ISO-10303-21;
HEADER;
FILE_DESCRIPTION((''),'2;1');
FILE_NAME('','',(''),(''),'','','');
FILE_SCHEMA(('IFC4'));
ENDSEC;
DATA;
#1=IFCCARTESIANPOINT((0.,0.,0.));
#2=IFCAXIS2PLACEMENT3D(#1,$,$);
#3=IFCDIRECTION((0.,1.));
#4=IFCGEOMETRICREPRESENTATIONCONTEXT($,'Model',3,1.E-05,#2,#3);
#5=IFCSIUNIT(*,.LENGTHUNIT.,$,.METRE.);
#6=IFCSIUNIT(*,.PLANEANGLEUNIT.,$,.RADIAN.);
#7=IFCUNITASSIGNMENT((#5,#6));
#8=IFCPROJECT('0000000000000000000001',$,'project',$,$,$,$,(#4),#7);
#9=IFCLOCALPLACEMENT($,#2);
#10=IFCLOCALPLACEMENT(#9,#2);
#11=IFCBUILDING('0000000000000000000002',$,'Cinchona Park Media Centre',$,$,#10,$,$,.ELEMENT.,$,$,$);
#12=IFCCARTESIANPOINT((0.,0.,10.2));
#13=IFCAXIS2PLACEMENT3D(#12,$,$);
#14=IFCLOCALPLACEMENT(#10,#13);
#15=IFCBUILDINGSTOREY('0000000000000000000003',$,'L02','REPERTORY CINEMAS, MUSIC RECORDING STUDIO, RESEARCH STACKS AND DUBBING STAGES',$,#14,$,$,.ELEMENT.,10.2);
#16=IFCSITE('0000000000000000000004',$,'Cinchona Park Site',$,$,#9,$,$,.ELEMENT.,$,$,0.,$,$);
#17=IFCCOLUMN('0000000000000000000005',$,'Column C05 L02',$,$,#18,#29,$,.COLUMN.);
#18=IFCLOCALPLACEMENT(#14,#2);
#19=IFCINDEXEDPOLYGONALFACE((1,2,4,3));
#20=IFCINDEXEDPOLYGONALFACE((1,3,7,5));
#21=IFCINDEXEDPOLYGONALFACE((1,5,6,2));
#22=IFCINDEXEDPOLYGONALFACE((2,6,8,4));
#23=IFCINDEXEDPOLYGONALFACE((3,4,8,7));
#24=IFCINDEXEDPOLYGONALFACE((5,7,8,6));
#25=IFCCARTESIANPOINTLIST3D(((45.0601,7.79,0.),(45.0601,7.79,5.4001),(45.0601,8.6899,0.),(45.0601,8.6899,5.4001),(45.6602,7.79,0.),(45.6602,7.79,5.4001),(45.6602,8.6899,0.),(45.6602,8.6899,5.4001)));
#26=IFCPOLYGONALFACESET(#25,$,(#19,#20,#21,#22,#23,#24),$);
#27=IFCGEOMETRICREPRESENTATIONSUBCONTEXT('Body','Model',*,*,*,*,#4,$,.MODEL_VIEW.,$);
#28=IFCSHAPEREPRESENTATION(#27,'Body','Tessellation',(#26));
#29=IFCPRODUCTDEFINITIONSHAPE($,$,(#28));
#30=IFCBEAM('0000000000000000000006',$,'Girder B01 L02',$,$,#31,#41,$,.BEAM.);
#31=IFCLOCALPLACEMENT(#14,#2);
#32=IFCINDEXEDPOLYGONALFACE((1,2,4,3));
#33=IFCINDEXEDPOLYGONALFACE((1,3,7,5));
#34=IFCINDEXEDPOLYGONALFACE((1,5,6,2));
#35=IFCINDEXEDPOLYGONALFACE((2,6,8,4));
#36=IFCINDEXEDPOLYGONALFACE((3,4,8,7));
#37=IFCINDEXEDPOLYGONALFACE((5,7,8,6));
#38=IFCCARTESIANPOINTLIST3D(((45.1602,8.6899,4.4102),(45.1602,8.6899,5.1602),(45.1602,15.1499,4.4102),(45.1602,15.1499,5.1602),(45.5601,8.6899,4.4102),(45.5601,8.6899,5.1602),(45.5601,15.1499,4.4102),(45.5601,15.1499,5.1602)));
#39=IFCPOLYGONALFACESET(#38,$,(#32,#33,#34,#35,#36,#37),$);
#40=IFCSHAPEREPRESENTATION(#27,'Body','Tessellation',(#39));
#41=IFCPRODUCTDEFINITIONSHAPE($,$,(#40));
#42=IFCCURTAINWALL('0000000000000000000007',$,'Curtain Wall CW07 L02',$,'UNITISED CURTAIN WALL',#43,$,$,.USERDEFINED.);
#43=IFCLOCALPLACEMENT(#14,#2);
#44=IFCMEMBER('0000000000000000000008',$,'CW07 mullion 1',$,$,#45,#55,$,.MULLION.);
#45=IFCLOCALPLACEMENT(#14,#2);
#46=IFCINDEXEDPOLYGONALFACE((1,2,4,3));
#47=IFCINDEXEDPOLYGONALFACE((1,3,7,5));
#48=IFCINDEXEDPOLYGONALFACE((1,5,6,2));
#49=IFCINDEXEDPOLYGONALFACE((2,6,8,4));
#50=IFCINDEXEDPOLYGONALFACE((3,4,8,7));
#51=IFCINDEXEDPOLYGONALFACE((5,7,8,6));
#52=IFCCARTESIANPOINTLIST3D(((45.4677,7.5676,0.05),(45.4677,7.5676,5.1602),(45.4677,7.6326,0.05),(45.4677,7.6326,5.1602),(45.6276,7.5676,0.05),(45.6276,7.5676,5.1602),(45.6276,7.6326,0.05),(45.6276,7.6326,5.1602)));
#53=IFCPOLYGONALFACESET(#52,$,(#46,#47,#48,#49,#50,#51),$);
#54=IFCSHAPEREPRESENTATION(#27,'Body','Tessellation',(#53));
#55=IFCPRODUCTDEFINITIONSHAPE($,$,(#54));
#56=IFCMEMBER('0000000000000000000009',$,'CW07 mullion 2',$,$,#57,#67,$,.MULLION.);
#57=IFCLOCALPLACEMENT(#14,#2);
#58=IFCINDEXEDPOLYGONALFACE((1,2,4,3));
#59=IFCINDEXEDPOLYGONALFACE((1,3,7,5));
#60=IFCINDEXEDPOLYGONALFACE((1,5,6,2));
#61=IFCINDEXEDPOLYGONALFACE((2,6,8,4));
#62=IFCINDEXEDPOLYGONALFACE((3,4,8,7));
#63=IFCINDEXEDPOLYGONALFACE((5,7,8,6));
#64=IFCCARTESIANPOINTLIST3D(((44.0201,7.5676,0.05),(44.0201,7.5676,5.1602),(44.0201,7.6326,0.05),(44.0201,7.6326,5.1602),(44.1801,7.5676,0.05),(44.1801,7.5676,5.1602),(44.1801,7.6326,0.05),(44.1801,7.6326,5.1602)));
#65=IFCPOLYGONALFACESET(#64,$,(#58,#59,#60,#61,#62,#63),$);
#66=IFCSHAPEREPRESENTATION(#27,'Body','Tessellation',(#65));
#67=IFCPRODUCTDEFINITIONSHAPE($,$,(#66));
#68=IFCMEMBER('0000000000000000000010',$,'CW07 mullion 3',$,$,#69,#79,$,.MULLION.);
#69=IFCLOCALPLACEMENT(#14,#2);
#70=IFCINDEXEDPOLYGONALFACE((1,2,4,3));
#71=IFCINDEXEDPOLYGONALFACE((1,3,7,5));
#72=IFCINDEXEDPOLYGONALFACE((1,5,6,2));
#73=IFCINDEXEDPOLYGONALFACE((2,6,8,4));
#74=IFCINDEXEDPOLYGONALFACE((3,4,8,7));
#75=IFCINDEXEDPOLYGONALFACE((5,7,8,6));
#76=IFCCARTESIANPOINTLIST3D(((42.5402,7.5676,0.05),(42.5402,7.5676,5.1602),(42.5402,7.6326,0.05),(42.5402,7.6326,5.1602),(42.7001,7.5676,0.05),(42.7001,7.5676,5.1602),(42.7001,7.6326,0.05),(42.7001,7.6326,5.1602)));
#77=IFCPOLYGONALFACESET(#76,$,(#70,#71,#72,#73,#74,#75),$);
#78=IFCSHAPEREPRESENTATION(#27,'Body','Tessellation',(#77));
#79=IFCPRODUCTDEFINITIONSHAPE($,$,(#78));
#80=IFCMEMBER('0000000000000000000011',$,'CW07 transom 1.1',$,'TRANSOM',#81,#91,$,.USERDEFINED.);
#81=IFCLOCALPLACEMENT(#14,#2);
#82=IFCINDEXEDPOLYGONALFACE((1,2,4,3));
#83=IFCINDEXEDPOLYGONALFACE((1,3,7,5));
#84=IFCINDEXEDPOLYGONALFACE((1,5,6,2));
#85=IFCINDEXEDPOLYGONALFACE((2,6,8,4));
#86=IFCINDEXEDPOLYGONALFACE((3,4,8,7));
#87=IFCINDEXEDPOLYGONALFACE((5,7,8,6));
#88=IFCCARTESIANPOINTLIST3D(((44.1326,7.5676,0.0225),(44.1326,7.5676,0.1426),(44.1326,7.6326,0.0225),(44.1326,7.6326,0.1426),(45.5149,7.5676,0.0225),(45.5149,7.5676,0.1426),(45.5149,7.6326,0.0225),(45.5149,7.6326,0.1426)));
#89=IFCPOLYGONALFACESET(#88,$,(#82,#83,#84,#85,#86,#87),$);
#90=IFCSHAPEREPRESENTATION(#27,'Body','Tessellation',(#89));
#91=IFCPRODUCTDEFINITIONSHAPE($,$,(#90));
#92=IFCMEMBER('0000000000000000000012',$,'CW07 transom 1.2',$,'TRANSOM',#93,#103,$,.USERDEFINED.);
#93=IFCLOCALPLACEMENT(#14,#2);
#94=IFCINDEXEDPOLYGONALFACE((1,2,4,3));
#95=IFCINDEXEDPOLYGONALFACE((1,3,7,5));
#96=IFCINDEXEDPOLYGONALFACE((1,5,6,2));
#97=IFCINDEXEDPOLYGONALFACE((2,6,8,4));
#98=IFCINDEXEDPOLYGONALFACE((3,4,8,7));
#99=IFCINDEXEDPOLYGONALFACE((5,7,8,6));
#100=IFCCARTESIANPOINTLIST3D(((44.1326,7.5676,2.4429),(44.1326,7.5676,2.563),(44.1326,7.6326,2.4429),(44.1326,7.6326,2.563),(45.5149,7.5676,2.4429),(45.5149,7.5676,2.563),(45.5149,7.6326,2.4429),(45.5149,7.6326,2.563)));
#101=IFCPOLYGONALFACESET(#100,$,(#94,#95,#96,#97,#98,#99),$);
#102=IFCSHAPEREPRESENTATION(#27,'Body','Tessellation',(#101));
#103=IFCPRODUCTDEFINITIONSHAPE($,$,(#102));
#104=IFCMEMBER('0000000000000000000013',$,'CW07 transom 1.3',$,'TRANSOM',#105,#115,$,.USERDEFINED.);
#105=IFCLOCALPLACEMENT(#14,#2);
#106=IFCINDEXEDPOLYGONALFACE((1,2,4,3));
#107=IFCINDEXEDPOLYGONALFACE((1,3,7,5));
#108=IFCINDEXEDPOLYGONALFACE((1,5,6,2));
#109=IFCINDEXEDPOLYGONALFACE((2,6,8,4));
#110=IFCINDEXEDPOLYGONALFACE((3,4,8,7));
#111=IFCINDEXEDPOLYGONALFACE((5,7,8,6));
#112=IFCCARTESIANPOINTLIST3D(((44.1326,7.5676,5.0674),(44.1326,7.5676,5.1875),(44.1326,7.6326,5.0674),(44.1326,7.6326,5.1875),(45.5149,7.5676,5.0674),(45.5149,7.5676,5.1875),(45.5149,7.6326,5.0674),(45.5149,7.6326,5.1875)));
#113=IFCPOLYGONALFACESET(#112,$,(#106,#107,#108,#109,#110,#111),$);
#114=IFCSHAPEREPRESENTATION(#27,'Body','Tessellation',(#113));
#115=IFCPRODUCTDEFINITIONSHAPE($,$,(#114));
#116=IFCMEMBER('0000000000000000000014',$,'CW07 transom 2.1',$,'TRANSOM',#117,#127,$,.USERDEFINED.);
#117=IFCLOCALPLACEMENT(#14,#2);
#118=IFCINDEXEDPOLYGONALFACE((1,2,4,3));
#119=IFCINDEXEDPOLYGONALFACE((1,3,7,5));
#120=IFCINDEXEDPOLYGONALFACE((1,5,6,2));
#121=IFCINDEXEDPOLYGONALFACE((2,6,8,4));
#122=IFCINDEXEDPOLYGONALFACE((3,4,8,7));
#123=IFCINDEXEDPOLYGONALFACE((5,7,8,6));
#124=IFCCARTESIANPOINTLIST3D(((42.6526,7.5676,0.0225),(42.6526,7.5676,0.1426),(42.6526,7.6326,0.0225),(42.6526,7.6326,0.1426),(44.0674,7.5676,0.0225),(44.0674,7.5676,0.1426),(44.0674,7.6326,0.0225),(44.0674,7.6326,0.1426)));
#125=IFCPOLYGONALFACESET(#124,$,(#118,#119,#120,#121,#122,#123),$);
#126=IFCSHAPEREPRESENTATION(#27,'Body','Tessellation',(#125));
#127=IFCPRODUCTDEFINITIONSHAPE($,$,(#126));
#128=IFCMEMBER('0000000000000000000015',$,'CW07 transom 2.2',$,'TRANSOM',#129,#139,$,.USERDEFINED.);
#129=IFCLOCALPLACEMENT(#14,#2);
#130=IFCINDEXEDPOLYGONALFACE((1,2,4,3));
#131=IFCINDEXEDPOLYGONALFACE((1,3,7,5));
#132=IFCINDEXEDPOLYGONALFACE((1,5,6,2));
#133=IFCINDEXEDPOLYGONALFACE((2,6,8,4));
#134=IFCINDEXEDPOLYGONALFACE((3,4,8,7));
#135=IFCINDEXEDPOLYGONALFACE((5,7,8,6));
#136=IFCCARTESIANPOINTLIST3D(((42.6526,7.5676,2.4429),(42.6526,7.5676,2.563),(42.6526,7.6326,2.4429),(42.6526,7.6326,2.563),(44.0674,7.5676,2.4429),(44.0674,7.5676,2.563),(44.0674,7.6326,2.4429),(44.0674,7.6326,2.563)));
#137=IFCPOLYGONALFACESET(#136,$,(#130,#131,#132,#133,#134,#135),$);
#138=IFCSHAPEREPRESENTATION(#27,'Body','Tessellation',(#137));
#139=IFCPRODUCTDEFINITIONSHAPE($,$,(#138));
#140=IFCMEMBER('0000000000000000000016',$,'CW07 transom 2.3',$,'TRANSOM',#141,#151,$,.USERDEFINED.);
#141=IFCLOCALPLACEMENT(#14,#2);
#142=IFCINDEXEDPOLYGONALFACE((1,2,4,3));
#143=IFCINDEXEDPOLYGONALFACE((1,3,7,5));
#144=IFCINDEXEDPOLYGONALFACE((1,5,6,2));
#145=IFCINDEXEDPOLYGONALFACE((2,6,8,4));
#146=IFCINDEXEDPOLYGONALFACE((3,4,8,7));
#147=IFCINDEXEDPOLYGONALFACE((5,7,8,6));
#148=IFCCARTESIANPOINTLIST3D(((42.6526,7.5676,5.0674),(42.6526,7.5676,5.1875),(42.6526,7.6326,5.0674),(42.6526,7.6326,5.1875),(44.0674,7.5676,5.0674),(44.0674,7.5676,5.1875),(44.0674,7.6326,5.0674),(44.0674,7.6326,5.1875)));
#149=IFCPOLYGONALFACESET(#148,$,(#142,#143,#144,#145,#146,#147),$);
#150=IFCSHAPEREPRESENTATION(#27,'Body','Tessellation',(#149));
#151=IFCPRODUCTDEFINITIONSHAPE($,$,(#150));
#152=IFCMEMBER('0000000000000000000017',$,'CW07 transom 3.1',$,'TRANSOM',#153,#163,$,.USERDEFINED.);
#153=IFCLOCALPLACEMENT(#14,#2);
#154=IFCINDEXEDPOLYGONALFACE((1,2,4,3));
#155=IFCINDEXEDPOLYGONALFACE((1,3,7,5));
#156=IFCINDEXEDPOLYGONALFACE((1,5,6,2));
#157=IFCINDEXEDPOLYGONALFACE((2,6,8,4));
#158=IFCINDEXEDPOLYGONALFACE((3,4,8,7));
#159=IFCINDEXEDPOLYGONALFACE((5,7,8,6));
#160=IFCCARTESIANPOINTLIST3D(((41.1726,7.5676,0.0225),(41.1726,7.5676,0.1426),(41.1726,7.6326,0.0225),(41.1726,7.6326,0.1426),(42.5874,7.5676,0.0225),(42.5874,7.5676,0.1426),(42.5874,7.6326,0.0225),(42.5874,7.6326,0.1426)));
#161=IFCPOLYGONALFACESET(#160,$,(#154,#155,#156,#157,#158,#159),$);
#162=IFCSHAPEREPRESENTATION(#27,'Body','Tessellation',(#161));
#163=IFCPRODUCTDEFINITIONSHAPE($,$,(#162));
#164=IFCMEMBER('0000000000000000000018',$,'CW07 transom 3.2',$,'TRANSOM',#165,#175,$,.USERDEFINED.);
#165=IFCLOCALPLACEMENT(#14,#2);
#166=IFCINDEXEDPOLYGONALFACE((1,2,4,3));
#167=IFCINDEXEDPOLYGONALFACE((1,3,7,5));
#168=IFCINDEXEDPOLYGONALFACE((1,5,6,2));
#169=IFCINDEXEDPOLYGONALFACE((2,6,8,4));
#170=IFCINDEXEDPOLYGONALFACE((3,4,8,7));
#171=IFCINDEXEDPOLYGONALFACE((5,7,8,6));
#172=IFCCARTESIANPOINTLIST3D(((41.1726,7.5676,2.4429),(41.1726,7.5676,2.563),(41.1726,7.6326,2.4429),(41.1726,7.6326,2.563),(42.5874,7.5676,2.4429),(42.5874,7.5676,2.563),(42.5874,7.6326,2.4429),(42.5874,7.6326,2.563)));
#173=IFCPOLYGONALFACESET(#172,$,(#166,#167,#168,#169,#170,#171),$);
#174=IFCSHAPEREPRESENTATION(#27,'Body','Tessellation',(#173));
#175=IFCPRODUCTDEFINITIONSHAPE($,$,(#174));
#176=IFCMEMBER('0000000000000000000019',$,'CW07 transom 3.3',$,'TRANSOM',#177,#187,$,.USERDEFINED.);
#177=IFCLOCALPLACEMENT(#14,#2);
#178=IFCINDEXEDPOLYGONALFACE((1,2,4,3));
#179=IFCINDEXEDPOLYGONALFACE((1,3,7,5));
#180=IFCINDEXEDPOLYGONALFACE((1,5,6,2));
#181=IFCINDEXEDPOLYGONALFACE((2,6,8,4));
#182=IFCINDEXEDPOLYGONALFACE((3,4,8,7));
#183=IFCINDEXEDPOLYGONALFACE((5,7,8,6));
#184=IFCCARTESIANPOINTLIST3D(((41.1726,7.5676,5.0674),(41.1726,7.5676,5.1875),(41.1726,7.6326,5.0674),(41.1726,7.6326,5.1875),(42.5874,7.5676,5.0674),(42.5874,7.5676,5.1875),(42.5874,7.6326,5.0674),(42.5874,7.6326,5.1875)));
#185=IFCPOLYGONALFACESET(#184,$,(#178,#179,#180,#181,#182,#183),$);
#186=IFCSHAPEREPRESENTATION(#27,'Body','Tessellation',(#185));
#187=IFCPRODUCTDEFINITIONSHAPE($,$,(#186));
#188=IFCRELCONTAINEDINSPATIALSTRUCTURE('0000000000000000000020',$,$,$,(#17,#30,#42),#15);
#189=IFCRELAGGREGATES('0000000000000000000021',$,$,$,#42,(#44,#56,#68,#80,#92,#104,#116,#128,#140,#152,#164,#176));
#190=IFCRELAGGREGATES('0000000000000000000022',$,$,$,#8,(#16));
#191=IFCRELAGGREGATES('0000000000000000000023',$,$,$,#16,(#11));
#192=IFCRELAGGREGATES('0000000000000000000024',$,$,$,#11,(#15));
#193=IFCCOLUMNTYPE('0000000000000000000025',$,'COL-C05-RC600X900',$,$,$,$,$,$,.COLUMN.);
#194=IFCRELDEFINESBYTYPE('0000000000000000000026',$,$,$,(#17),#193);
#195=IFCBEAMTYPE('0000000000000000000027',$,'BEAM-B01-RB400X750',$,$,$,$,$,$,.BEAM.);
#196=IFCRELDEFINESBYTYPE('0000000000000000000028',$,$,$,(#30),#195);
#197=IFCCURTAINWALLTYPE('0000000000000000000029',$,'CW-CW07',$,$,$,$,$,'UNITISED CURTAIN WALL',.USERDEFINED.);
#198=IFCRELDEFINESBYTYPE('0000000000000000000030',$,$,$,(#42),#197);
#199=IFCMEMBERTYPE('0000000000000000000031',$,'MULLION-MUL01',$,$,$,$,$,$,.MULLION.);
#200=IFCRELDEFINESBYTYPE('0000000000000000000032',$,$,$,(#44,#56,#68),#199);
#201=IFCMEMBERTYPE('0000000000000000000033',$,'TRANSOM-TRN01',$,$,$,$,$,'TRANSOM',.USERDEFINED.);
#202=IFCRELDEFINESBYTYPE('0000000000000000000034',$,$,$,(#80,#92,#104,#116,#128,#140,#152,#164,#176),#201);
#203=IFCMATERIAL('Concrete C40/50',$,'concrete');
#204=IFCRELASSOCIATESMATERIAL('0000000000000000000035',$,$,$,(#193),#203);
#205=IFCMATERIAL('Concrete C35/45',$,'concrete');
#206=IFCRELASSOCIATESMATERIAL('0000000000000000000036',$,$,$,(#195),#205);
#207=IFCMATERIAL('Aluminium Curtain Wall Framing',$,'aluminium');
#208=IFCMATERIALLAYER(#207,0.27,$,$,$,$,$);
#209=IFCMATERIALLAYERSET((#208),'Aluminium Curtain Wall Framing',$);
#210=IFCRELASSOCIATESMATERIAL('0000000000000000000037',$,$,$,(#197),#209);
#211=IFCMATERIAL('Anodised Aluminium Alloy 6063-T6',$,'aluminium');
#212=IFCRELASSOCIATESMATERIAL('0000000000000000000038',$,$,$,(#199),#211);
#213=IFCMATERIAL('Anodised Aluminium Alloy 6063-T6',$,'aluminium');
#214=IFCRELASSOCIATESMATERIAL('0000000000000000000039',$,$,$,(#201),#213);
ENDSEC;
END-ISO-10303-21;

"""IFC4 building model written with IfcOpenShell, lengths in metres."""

from ifc_helpers import new_model, si_unit, direction, frame, origin, origin_2d, place, context, subcontext, project, spatial, rectangle, extrude, material, layer, layer_set, material_profile, profile_set, type_object, element, aggregate, save


model = new_model("IFC4")

# Units and contexts
model_context = context("Model", 3, precision=1e-05, world=origin(), true_north=direction((0.0, 1.0)))
body_context = subcontext(model_context, "Body", "Model", "MODEL_VIEW")
ifc_project = project(units=[si_unit("LENGTHUNIT", "METRE"), si_unit("PLANEANGLEUNIT", "RADIAN")], contexts=[model_context])

# Site, building, storey
site_placement = place(None, origin())
site = spatial("IfcSite", under=ifc_project, at=site_placement, Name="Cinchona Park Site", CompositionType="ELEMENT", RefElevation=0.0)
building_placement = place(site_placement, origin())
building = spatial("IfcBuilding", under=site, at=building_placement, Name="Cinchona Park Media Centre", CompositionType="ELEMENT")
storey_placement = place(building_placement, frame((0.0, 0.0, 10.2)))
storey = spatial("IfcBuildingStorey", under=building, at=storey_placement, Name="L02", Description="REPERTORY CINEMAS, MUSIC RECORDING STUDIO, RESEARCH STACKS AND DUBBING STAGES", CompositionType="ELEMENT", Elevation=10.2)

# Column
ifc_material_1 = material(Name="Concrete C40/50", Category="concrete")
ifc_material_profile_1 = material_profile(ifc_material_1, rectangle(XDim=0.6001, YDim=0.8999, at=origin_2d()), Name="RC 600X900")
ifc_profile_set_1 = profile_set([ifc_material_profile_1], Name="Concrete C40/50")
column_type = type_object("IfcColumnType", Name="COL-C05-RC600X900", PredefinedType="COLUMN", material=ifc_profile_set_1)
column_placement = place(storey_placement, frame((45.3601, 8.24, 0.0), z_axis=(0.0, 0.0, 1.0), x_axis=(1.0, 0.0, 0.0)))
element("IfcColumn", 1, at=column_placement, inside=storey, type_object=column_type, Name="Column C05 L02", PredefinedType="COLUMN", context=body_context, shape_type="SweptSolid", body=[
    extrude(rectangle(XDim=0.6001, YDim=0.8999, at=origin_2d()), origin(), (0.0, 0.0, 1.0), 5.4001),
])

# Beam
ifc_material_2 = material(Name="Concrete C35/45", Category="concrete")
ifc_material_profile_2 = material_profile(ifc_material_2, rectangle(XDim=0.3999, YDim=0.75, at=origin_2d()), Name="RB 400X750")
ifc_profile_set_2 = profile_set([ifc_material_profile_2], Name="Concrete C35/45")
beam_type = type_object("IfcBeamType", Name="BEAM-B01-RB400X750", PredefinedType="BEAM", material=ifc_profile_set_2)
beam_placement = place(storey_placement, frame((45.3601, 8.6899, 4.7852), z_axis=(0.0, 1.0, 0.0), x_axis=(-1.0, 0.0, 0.0)))
element("IfcBeam", 2, at=beam_placement, inside=storey, type_object=beam_type, Name="Girder B01 L02", PredefinedType="BEAM", context=body_context, shape_type="SweptSolid", body=[
    extrude(rectangle(XDim=0.3999, YDim=0.75, at=origin_2d()), origin(), (0.0, 0.0, 1.0), 6.46),
])

# Curtain wall, members
ifc_material_3 = material(Name="Aluminium Curtain Wall Framing", Category="aluminium")
ifc_layer_1 = layer(ifc_material_3, 0.27)
ifc_layer_set_1 = layer_set([ifc_layer_1], Name="Aluminium Curtain Wall Framing")
curtain_wall_type = type_object("IfcCurtainWallType", Name="CW-CW07", ElementType="UNITISED CURTAIN WALL", PredefinedType="USERDEFINED", material=ifc_layer_set_1)
curtain_wall_placement = place(storey_placement, origin())
curtain_wall = element("IfcCurtainWall", 3, at=curtain_wall_placement, inside=storey, type_object=curtain_wall_type, Name="Curtain Wall CW07 L02", ObjectType="UNITISED CURTAIN WALL", PredefinedType="USERDEFINED")
ifc_material_4 = material(Name="Anodised Aluminium Alloy 6063-T6", Category="aluminium")
ifc_material_profile_3 = material_profile(ifc_material_4, rectangle(XDim=0.0649, YDim=0.1599, at=origin_2d()), Name="MUL-65X160")
ifc_profile_set_3 = profile_set([ifc_material_profile_3], Name="Anodised Aluminium Alloy 6063-T6")
member_type_1 = type_object("IfcMemberType", Name="MULLION-MUL01", PredefinedType="MULLION", material=ifc_profile_set_3)
member_1_placement = place(storey_placement, frame((45.5476, 7.6001, 0.05), z_axis=(0.0, 0.0, 1.0), x_axis=(0.0, -1.0, 0.0)))
member_1 = element("IfcMember", 4, at=member_1_placement, type_object=member_type_1, Name="CW07 mullion 1", PredefinedType="MULLION", context=body_context, shape_type="SweptSolid", body=[
    extrude(rectangle(XDim=0.0649, YDim=0.1599, at=origin_2d()), origin(), (0.0, 0.0, 1.0), 5.1101),
])
member_2_placement = place(storey_placement, frame((44.1001, 7.6001, 0.05), z_axis=(0.0, 0.0, 1.0), x_axis=(0.0, -1.0, 0.0)))
member_2 = element("IfcMember", 5, at=member_2_placement, type_object=member_type_1, Name="CW07 mullion 2", PredefinedType="MULLION", context=body_context, shape_type="SweptSolid", body=[
    extrude(rectangle(XDim=0.0649, YDim=0.1599, at=origin_2d()), origin(), (0.0, 0.0, 1.0), 5.1101),
])
member_3_placement = place(storey_placement, frame((42.6201, 7.6001, 0.05), z_axis=(0.0, 0.0, 1.0), x_axis=(0.0, -1.0, 0.0)))
member_3 = element("IfcMember", 6, at=member_3_placement, type_object=member_type_1, Name="CW07 mullion 3", PredefinedType="MULLION", context=body_context, shape_type="SweptSolid", body=[
    extrude(rectangle(XDim=0.0649, YDim=0.1599, at=origin_2d()), origin(), (0.0, 0.0, 1.0), 5.1101),
])
ifc_material_5 = material(Name="Anodised Aluminium Alloy 6063-T6", Category="aluminium")
ifc_material_profile_4 = material_profile(ifc_material_5, rectangle(XDim=0.0649, YDim=0.1201, at=origin_2d()), Name="TRN-65X120")
ifc_profile_set_4 = profile_set([ifc_material_profile_4], Name="Anodised Aluminium Alloy 6063-T6")
member_type_2 = type_object("IfcMemberType", Name="TRANSOM-TRN01", ElementType="TRANSOM", PredefinedType="USERDEFINED", material=ifc_profile_set_4)
member_4_placement = place(storey_placement, frame((45.5149, 7.6001, 0.0825), z_axis=(-1.0, 0.0, 0.0), x_axis=(0.0, -1.0, 0.0)))
member_4 = element("IfcMember", 7, at=member_4_placement, type_object=member_type_2, Name="CW07 transom 1.1", ObjectType="TRANSOM", PredefinedType="USERDEFINED", context=body_context, shape_type="SweptSolid", body=[
    extrude(rectangle(XDim=0.0649, YDim=0.1201, at=origin_2d()), origin(), (0.0, 0.0, 1.0), 1.3823),
])
member_5_placement = place(storey_placement, frame((45.5149, 7.6001, 2.5029), z_axis=(-1.0, 0.0, 0.0), x_axis=(0.0, -1.0, 0.0)))
member_5 = element("IfcMember", 8, at=member_5_placement, type_object=member_type_2, Name="CW07 transom 1.2", ObjectType="TRANSOM", PredefinedType="USERDEFINED", context=body_context, shape_type="SweptSolid", body=[
    extrude(rectangle(XDim=0.0649, YDim=0.1201, at=origin_2d()), origin(), (0.0, 0.0, 1.0), 1.3823),
])
member_6_placement = place(storey_placement, frame((45.5149, 7.6001, 5.1274), z_axis=(-1.0, 0.0, 0.0), x_axis=(0.0, -1.0, 0.0)))
member_6 = element("IfcMember", 9, at=member_6_placement, type_object=member_type_2, Name="CW07 transom 1.3", ObjectType="TRANSOM", PredefinedType="USERDEFINED", context=body_context, shape_type="SweptSolid", body=[
    extrude(rectangle(XDim=0.0649, YDim=0.1201, at=origin_2d()), origin(), (0.0, 0.0, 1.0), 1.3823),
])
member_7_placement = place(storey_placement, frame((44.0674, 7.6001, 0.0825), z_axis=(-1.0, 0.0, 0.0), x_axis=(0.0, -1.0, 0.0)))
member_7 = element("IfcMember", 10, at=member_7_placement, type_object=member_type_2, Name="CW07 transom 2.1", ObjectType="TRANSOM", PredefinedType="USERDEFINED", context=body_context, shape_type="SweptSolid", body=[
    extrude(rectangle(XDim=0.0649, YDim=0.1201, at=origin_2d()), origin(), (0.0, 0.0, 1.0), 1.4148),
])
member_8_placement = place(storey_placement, frame((44.0674, 7.6001, 2.5029), z_axis=(-1.0, 0.0, 0.0), x_axis=(0.0, -1.0, 0.0)))
member_8 = element("IfcMember", 11, at=member_8_placement, type_object=member_type_2, Name="CW07 transom 2.2", ObjectType="TRANSOM", PredefinedType="USERDEFINED", context=body_context, shape_type="SweptSolid", body=[
    extrude(rectangle(XDim=0.0649, YDim=0.1201, at=origin_2d()), origin(), (0.0, 0.0, 1.0), 1.4148),
])
member_9_placement = place(storey_placement, frame((44.0674, 7.6001, 5.1274), z_axis=(-1.0, 0.0, 0.0), x_axis=(0.0, -1.0, 0.0)))
member_9 = element("IfcMember", 12, at=member_9_placement, type_object=member_type_2, Name="CW07 transom 2.3", ObjectType="TRANSOM", PredefinedType="USERDEFINED", context=body_context, shape_type="SweptSolid", body=[
    extrude(rectangle(XDim=0.0649, YDim=0.1201, at=origin_2d()), origin(), (0.0, 0.0, 1.0), 1.4148),
])
member_10_placement = place(storey_placement, frame((42.5874, 7.6001, 0.0825), z_axis=(-1.0, 0.0, 0.0), x_axis=(0.0, -1.0, 0.0)))
member_10 = element("IfcMember", 13, at=member_10_placement, type_object=member_type_2, Name="CW07 transom 3.1", ObjectType="TRANSOM", PredefinedType="USERDEFINED", context=body_context, shape_type="SweptSolid", body=[
    extrude(rectangle(XDim=0.0649, YDim=0.1201, at=origin_2d()), origin(), (0.0, 0.0, 1.0), 1.4148),
])
member_11_placement = place(storey_placement, frame((42.5874, 7.6001, 2.5029), z_axis=(-1.0, 0.0, 0.0), x_axis=(0.0, -1.0, 0.0)))
member_11 = element("IfcMember", 14, at=member_11_placement, type_object=member_type_2, Name="CW07 transom 3.2", ObjectType="TRANSOM", PredefinedType="USERDEFINED", context=body_context, shape_type="SweptSolid", body=[
    extrude(rectangle(XDim=0.0649, YDim=0.1201, at=origin_2d()), origin(), (0.0, 0.0, 1.0), 1.4148),
])
member_12_placement = place(storey_placement, frame((42.5874, 7.6001, 5.1274), z_axis=(-1.0, 0.0, 0.0), x_axis=(0.0, -1.0, 0.0)))
member_12 = element("IfcMember", 15, at=member_12_placement, type_object=member_type_2, Name="CW07 transom 3.3", ObjectType="TRANSOM", PredefinedType="USERDEFINED", context=body_context, shape_type="SweptSolid", body=[
    extrude(rectangle(XDim=0.0649, YDim=0.1201, at=origin_2d()), origin(), (0.0, 0.0, 1.0), 1.4148),
])
aggregate(curtain_wall, [member_1, member_2, member_3, member_4, member_5, member_6, member_7, member_8, member_9, member_10, member_11, member_12])

save(model, "model.ifc")
